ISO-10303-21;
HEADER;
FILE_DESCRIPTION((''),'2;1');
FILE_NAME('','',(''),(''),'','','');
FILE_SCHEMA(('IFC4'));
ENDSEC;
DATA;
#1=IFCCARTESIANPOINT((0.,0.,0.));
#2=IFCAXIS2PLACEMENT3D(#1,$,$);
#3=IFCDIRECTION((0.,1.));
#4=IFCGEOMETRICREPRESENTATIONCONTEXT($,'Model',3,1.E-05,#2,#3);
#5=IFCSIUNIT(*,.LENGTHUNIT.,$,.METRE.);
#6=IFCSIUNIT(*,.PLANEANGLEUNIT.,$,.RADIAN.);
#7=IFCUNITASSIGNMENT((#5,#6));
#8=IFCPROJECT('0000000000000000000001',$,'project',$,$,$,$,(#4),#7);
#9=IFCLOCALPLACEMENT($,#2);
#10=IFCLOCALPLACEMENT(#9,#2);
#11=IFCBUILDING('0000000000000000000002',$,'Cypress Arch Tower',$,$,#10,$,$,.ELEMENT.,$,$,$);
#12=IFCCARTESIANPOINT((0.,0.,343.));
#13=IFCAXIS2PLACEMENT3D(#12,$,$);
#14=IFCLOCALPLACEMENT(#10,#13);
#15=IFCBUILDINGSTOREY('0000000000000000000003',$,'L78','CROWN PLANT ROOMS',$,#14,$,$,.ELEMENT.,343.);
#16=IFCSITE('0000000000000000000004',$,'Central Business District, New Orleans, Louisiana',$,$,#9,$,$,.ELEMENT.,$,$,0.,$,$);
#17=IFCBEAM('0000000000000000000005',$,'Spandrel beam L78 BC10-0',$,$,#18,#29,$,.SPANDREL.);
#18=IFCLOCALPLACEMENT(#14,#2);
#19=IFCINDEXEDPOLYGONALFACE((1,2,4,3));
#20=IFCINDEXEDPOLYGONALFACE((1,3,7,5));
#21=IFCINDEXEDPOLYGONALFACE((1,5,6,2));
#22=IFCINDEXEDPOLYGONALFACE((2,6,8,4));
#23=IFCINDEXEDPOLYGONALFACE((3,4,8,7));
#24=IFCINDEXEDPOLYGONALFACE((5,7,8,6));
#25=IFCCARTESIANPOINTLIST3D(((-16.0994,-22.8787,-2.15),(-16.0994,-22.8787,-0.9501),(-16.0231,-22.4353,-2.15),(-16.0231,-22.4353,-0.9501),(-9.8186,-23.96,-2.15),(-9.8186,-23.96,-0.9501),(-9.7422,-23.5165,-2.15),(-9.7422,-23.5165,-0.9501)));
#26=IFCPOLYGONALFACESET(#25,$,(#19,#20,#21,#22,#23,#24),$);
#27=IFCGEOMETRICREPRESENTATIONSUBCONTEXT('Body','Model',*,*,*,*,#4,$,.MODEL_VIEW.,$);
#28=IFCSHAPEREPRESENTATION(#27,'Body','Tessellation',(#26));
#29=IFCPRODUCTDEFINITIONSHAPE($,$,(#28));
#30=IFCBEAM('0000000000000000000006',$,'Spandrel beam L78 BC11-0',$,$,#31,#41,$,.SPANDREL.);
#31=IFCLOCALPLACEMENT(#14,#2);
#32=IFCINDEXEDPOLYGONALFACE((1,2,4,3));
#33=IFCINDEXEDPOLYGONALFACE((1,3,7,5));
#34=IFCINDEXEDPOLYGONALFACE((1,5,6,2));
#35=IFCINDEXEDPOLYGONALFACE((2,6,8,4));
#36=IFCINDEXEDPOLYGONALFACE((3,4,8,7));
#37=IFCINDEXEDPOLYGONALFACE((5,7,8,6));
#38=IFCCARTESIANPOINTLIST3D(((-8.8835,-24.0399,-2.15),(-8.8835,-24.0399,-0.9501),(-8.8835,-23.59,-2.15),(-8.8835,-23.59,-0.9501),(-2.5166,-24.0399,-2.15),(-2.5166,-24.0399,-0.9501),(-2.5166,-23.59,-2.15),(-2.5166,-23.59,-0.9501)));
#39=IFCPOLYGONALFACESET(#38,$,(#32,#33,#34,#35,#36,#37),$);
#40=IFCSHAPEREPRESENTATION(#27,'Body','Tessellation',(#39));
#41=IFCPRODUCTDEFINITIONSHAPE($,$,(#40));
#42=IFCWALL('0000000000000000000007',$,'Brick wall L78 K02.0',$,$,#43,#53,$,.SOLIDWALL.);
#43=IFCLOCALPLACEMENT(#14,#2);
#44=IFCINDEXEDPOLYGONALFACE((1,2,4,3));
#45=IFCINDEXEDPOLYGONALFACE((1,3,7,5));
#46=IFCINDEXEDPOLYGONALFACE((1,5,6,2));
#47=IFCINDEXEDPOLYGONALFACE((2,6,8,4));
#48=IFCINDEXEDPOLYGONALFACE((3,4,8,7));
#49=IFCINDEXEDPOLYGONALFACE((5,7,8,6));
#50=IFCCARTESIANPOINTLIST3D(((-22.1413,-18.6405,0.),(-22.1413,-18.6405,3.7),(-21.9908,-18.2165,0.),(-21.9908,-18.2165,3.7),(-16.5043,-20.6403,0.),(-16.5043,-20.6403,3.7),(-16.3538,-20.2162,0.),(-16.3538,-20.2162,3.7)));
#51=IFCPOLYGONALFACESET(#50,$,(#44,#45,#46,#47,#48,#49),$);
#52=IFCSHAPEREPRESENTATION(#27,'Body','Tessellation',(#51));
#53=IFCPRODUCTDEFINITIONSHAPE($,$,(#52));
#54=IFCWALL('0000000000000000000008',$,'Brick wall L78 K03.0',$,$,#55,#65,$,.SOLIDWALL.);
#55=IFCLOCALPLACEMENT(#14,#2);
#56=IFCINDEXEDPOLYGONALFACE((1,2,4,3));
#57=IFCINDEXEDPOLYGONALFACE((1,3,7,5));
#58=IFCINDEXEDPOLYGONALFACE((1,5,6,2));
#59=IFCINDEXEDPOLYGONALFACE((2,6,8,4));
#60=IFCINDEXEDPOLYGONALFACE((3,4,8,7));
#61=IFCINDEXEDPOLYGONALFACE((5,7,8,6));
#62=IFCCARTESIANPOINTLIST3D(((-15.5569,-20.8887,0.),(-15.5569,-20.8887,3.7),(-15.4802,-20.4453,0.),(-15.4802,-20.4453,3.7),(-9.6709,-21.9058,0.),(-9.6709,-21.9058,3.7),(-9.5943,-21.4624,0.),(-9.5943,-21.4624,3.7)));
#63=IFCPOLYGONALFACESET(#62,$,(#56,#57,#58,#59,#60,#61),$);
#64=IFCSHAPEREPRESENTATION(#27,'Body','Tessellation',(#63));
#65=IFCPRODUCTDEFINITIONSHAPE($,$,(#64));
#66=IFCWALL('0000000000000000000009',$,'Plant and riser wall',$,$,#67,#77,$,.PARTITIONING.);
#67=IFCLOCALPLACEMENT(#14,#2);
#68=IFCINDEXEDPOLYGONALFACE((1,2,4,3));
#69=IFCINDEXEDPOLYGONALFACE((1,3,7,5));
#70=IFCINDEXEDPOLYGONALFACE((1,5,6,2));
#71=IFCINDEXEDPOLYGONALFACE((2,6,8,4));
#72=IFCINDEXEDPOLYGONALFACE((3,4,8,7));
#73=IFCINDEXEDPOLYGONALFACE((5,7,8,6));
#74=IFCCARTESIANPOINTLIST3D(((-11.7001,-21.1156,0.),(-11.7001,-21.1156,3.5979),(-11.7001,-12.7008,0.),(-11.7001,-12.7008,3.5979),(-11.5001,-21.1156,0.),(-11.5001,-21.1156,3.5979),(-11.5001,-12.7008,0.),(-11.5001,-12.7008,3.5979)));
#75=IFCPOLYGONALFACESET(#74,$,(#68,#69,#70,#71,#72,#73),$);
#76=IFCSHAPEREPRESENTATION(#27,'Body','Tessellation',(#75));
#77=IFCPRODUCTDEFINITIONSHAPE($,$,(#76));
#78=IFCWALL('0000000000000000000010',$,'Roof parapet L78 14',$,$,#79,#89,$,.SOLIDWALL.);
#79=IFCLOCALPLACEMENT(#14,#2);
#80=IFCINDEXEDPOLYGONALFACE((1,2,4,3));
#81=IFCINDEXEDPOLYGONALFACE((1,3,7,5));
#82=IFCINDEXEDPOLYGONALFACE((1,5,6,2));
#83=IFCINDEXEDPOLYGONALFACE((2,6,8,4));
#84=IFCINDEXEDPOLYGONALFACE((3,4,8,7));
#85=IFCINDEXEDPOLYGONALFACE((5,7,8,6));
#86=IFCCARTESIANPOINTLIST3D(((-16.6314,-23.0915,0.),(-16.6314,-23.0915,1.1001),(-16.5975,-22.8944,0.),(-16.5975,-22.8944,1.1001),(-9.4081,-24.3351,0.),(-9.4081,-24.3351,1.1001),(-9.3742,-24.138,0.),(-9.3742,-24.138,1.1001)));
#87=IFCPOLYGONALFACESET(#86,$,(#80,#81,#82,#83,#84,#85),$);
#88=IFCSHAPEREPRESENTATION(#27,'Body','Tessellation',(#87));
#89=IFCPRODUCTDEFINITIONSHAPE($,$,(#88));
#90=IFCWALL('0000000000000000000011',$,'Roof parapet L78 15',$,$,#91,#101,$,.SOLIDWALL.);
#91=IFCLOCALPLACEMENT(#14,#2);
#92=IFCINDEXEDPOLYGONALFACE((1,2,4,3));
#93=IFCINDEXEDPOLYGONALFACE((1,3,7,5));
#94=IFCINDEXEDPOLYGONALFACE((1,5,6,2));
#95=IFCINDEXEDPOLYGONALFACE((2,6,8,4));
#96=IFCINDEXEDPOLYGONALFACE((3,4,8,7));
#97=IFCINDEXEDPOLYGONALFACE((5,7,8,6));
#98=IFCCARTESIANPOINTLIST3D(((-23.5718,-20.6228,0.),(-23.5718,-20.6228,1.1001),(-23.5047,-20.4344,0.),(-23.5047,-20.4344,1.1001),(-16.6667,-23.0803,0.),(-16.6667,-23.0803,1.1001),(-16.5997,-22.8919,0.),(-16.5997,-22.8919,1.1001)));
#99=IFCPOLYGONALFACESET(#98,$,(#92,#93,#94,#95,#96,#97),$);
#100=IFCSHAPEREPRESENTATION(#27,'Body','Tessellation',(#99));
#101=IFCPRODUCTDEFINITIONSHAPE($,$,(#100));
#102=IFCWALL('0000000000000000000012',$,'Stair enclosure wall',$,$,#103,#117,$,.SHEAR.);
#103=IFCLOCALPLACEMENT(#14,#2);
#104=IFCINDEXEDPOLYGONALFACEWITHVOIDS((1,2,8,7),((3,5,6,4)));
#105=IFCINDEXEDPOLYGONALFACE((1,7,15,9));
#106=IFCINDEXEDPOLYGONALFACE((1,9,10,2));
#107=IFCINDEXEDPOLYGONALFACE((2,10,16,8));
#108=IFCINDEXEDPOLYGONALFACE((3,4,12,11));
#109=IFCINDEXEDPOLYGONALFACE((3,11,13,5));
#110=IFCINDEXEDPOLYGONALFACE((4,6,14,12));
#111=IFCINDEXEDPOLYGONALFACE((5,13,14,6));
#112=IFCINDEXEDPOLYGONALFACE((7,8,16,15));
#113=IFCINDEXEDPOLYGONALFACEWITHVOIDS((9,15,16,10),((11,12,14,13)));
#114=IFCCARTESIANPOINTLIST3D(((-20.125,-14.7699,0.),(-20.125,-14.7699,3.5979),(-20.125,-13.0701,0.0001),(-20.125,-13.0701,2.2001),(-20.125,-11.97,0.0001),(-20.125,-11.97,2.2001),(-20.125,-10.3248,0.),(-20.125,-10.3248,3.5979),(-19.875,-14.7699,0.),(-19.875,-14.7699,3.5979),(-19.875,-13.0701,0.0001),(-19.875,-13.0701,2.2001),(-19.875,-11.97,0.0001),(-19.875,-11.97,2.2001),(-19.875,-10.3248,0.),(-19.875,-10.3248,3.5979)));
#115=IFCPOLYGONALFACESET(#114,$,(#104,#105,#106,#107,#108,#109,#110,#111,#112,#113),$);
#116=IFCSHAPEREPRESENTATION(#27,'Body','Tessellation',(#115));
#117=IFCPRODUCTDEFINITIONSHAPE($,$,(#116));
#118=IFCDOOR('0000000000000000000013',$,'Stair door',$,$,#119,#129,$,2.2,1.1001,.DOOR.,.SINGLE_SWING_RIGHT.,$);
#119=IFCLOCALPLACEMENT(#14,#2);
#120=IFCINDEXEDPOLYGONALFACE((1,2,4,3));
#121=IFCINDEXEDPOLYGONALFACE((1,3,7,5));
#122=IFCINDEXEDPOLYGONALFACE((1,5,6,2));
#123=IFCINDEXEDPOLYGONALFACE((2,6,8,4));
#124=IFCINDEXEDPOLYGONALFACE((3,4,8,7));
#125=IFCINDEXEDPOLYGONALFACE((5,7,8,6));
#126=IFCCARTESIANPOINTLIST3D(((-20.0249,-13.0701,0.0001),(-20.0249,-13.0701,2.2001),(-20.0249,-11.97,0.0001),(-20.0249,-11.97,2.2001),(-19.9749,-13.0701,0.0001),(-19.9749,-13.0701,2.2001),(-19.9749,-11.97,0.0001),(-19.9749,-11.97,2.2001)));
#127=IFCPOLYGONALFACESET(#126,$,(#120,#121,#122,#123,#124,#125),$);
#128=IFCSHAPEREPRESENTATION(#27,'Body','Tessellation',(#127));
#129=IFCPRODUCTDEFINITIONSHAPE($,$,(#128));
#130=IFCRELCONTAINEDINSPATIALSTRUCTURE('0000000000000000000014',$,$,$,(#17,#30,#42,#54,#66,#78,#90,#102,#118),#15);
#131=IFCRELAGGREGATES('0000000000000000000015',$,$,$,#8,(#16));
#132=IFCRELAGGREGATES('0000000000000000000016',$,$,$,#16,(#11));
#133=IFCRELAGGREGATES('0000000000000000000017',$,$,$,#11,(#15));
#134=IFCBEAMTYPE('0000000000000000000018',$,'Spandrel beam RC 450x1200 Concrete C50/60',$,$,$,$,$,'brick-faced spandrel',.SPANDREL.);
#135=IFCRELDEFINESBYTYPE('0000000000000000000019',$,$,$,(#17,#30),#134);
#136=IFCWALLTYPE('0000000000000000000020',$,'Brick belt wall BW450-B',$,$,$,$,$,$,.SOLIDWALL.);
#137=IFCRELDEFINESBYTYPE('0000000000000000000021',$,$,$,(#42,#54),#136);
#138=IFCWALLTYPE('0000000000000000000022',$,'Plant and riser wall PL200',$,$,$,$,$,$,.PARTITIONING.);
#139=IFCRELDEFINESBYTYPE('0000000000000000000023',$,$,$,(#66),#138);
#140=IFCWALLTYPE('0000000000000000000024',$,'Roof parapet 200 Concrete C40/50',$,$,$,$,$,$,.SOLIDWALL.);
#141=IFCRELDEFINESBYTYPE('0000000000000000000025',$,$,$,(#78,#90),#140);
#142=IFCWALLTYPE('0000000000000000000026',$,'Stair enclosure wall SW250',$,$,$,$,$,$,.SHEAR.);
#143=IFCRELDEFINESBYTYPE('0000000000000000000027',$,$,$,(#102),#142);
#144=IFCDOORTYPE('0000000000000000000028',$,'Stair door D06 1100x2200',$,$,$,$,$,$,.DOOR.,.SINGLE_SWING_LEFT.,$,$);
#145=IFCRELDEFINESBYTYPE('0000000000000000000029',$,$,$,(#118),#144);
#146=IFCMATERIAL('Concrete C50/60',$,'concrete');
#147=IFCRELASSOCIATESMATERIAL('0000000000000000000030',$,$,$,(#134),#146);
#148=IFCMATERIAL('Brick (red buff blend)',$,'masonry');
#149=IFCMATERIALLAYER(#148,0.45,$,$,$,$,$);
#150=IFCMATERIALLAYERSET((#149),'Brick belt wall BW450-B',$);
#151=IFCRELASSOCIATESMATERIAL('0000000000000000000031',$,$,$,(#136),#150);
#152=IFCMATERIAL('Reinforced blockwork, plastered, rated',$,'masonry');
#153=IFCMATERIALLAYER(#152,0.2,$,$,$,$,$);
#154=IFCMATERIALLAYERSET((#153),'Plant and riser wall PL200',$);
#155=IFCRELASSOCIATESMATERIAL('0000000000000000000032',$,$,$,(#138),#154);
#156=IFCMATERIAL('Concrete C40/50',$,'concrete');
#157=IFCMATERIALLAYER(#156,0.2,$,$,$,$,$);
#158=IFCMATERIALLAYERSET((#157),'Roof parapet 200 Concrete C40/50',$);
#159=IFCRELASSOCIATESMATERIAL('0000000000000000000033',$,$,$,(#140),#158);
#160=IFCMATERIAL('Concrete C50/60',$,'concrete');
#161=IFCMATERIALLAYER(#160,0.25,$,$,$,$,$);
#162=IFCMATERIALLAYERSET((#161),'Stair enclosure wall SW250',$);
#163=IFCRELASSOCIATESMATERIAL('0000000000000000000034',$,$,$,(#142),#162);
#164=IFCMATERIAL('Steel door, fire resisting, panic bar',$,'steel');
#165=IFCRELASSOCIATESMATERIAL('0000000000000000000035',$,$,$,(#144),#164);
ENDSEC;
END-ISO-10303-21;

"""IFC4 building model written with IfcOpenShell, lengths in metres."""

from ifc_helpers import new_model, si_unit, direction, frame, frame_2d, origin, origin_2d, place, context, subcontext, project, spatial, rectangle, extrude, material, layer, layer_set, material_profile, profile_set, type_object, element, fill, save


model = new_model("IFC4")

# Units and contexts
model_context = context("Model", 3, precision=1e-05, world=origin(), true_north=direction((0.0, 1.0)))
body_context = subcontext(model_context, "Body", "Model", "MODEL_VIEW")
ifc_project = project(units=[si_unit("LENGTHUNIT", "METRE"), si_unit("PLANEANGLEUNIT", "RADIAN")], contexts=[model_context])

# Site, building, storey
site_placement = place(None, origin())
site = spatial("IfcSite", under=ifc_project, at=site_placement, Name="Central Business District, New Orleans, Louisiana", CompositionType="ELEMENT", RefElevation=0.0)
building_placement = place(site_placement, origin())
building = spatial("IfcBuilding", under=site, at=building_placement, Name="Cypress Arch Tower", CompositionType="ELEMENT")
storey_placement = place(building_placement, frame((0.0, 0.0, 343.0)))
storey = spatial("IfcBuildingStorey", under=building, at=storey_placement, Name="L78", Description="CROWN PLANT ROOMS", CompositionType="ELEMENT", Elevation=343.0)

# Beams
ifc_material_1 = material(Name="Concrete C50/60", Category="concrete")
ifc_material_profile = material_profile(ifc_material_1, rectangle(XDim=0.45, YDim=1.2, at=origin_2d()), Name="RC 450x1200")
ifc_profile_set = profile_set([ifc_material_profile], Name="Concrete C50/60")
beam_type = type_object("IfcBeamType", Name="Spandrel beam RC 450x1200 Concrete C50/60", ElementType="brick-faced spandrel", PredefinedType="SPANDREL", material=ifc_profile_set)
beam_1_placement = place(storey_placement, frame((-16.0613, -22.657, -1.55), z_axis=(0.985503, -0.169658, 0.0), x_axis=(0.169658, 0.985503, 0.0)))
element("IfcBeam", 1, at=beam_1_placement, inside=storey, type_object=beam_type, Name="Spandrel beam L78 BC10-0", PredefinedType="SPANDREL", context=body_context, shape_type="SweptSolid", body=[
    extrude(rectangle(XDim=0.45, YDim=1.2, at=origin_2d()), origin(), (0.0, 0.0, 1.0), 6.3733),
])
beam_2_placement = place(storey_placement, frame((-8.8835, -23.8149, -1.55), z_axis=(1.0, 0.0, 0.0), x_axis=(0.0, 1.0, 0.0)))
element("IfcBeam", 2, at=beam_2_placement, inside=storey, type_object=beam_type, Name="Spandrel beam L78 BC11-0", PredefinedType="SPANDREL", context=body_context, shape_type="SweptSolid", body=[
    extrude(rectangle(XDim=0.45, YDim=1.2, at=origin_2d()), origin(), (0.0, 0.0, 1.0), 6.3669),
])

# Walls
ifc_material_2 = material(Name="Brick (red buff blend)", Category="masonry")
ifc_layer_1 = layer(ifc_material_2, 0.45)
ifc_layer_set_1 = layer_set([ifc_layer_1], Name="Brick belt wall BW450-B")
wall_type_1 = type_object("IfcWallType", Name="Brick belt wall BW450-B", PredefinedType="SOLIDWALL", material=ifc_layer_set_1)
wall_1_placement = place(storey_placement, frame((-22.0662, -18.4285, 0.0), z_axis=(0.0, 0.0, 1.0), x_axis=(0.942452, -0.334342, 0.0)))
element("IfcWall", 3, at=wall_1_placement, inside=storey, type_object=wall_type_1, Name="Brick wall L78 K02.0", PredefinedType="SOLIDWALL", context=body_context, shape_type="SweptSolid", body=[
    extrude(rectangle(XDim=5.9812, YDim=0.45, at=frame_2d((2.9907, 0.0))), origin(), (0.0, 0.0, 1.0), 3.7),
])
wall_2_placement = place(storey_placement, frame((-15.5186, -20.667, 0.0), z_axis=(0.0, 0.0, 1.0), x_axis=(0.985397, -0.170275, 0.0)))
element("IfcWall", 4, at=wall_2_placement, inside=storey, type_object=wall_type_1, Name="Brick wall L78 K03.0", PredefinedType="SOLIDWALL", context=body_context, shape_type="SweptSolid", body=[
    extrude(rectangle(XDim=5.9731, YDim=0.45, at=frame_2d((2.9866, 0.0))), origin(), (0.0, 0.0, 1.0), 3.7),
])

# Shared definitions
ifc_material_3 = material(Name="Reinforced blockwork, plastered, rated", Category="masonry")
ifc_layer_2 = layer(ifc_material_3, 0.2)
ifc_layer_set_2 = layer_set([ifc_layer_2], Name="Plant and riser wall PL200")
wall_type_2 = type_object("IfcWallType", Name="Plant and riser wall PL200", PredefinedType="PARTITIONING", material=ifc_layer_set_2)

# Wall
wall_3_placement = place(storey_placement, frame((-11.6001, -21.1157, 0.0), z_axis=(0.0, 0.0, 1.0), x_axis=(0.0, 1.0, 0.0)))
element("IfcWall", 5, at=wall_3_placement, inside=storey, type_object=wall_type_2, Name="Plant and riser wall", PredefinedType="PARTITIONING", context=body_context, shape_type="SweptSolid", body=[
    extrude(rectangle(XDim=8.4148, YDim=0.2, at=frame_2d((4.2075, 0.0))), origin(), (0.0, 0.0, 1.0), 3.5979),
])

# Walls
ifc_material_4 = material(Name="Concrete C40/50", Category="concrete")
ifc_layer_3 = layer(ifc_material_4, 0.2)
ifc_layer_set_3 = layer_set([ifc_layer_3], Name="Roof parapet 200 Concrete C40/50")
wall_type_3 = type_object("IfcWallType", Name="Roof parapet 200 Concrete C40/50", PredefinedType="SOLIDWALL", material=ifc_layer_set_3)
wall_4_placement = place(storey_placement, frame((-9.3911, -24.2366, 0.0), z_axis=(0.0, 0.0, 1.0), x_axis=(-0.9855, 0.169674, 0.0)))
element("IfcWall", 6, at=wall_4_placement, inside=storey, type_object=wall_type_3, Name="Roof parapet L78 14", PredefinedType="SOLIDWALL", context=body_context, shape_type="SweptSolid", body=[
    extrude(rectangle(XDim=7.3296, YDim=0.2, at=frame_2d((3.6648, 0.0))), origin(), (0.0, 0.0, 1.0), 1.1001),
])
wall_5_placement = place(storey_placement, frame((-16.6333, -22.9861, 0.0), z_axis=(0.0, 0.0, 1.0), x_axis=(-0.942111, 0.3353, 0.0)))
element("IfcWall", 7, at=wall_5_placement, inside=storey, type_object=wall_type_3, Name="Roof parapet L78 15", PredefinedType="SOLIDWALL", context=body_context, shape_type="SweptSolid", body=[
    extrude(rectangle(XDim=7.3293, YDim=0.2, at=frame_2d((3.6646, 0.0))), origin(), (0.0, 0.0, 1.0), 1.1001),
])

# Wall, opening, door
ifc_material_5 = material(Name="Concrete C50/60", Category="concrete")
ifc_layer_4 = layer(ifc_material_5, 0.25)
ifc_layer_set_4 = layer_set([ifc_layer_4], Name="Stair enclosure wall SW250")
wall_type_4 = type_object("IfcWallType", Name="Stair enclosure wall SW250", PredefinedType="SHEAR", material=ifc_layer_set_4)
wall_6_placement = place(storey_placement, frame((-20.0, -14.77, 0.0), z_axis=(0.0, 0.0, 1.0), x_axis=(0.0, 1.0, 0.0)))
wall_6 = element("IfcWall", 8, at=wall_6_placement, inside=storey, type_object=wall_type_4, Name="Stair enclosure wall", PredefinedType="SHEAR", context=body_context, shape_type="SweptSolid", body=[
    extrude(rectangle(XDim=4.4451, YDim=0.25, at=frame_2d((2.2227, 0.0))), origin(), (0.0, 0.0, 1.0), 3.5979),
])
opening_1_placement = place(wall_6_placement, frame((1.7, 0.0, 0.0)))
opening_1 = element("IfcOpeningElement", 9, at=opening_1_placement, cuts=wall_6, PredefinedType="OPENING", context=body_context, shape_type="SweptSolid", body=[
    extrude(rectangle(XDim=1.1001, YDim=2.2, at=frame_2d((0.55, 1.1001))), frame((0.0, 0.135, 0.0), z_axis=(0.0, -1.0, 0.0), x_axis=(1.0, 0.0, 0.0)), (0.0, 0.0, 1.0), 0.27),
])
ifc_material_6 = material(Name="Steel door, fire resisting, panic bar", Category="steel")
door_type_1 = type_object("IfcDoorType", Name="Stair door D06 1100x2200", OperationType="SINGLE_SWING_LEFT", PredefinedType="DOOR", material=ifc_material_6)
door_1_placement = place(opening_1_placement, origin())
door_1 = element("IfcDoor", 10, at=door_1_placement, inside=storey, type_object=door_type_1, Name="Stair door", OperationType="SINGLE_SWING_RIGHT", OverallHeight=2.2, OverallWidth=1.1001, PredefinedType="DOOR", context=body_context, shape_type="SweptSolid", body=[
    extrude(rectangle(XDim=1.1001, YDim=2.2, at=frame_2d((0.55, 1.1001))), frame((0.0, 0.0249, 0.0), z_axis=(0.0, -1.0, 0.0), x_axis=(1.0, 0.0, 0.0)), (0.0, 0.0, 1.0), 0.05),
])
fill(opening_1, door_1)

save(model, "model.ifc")
